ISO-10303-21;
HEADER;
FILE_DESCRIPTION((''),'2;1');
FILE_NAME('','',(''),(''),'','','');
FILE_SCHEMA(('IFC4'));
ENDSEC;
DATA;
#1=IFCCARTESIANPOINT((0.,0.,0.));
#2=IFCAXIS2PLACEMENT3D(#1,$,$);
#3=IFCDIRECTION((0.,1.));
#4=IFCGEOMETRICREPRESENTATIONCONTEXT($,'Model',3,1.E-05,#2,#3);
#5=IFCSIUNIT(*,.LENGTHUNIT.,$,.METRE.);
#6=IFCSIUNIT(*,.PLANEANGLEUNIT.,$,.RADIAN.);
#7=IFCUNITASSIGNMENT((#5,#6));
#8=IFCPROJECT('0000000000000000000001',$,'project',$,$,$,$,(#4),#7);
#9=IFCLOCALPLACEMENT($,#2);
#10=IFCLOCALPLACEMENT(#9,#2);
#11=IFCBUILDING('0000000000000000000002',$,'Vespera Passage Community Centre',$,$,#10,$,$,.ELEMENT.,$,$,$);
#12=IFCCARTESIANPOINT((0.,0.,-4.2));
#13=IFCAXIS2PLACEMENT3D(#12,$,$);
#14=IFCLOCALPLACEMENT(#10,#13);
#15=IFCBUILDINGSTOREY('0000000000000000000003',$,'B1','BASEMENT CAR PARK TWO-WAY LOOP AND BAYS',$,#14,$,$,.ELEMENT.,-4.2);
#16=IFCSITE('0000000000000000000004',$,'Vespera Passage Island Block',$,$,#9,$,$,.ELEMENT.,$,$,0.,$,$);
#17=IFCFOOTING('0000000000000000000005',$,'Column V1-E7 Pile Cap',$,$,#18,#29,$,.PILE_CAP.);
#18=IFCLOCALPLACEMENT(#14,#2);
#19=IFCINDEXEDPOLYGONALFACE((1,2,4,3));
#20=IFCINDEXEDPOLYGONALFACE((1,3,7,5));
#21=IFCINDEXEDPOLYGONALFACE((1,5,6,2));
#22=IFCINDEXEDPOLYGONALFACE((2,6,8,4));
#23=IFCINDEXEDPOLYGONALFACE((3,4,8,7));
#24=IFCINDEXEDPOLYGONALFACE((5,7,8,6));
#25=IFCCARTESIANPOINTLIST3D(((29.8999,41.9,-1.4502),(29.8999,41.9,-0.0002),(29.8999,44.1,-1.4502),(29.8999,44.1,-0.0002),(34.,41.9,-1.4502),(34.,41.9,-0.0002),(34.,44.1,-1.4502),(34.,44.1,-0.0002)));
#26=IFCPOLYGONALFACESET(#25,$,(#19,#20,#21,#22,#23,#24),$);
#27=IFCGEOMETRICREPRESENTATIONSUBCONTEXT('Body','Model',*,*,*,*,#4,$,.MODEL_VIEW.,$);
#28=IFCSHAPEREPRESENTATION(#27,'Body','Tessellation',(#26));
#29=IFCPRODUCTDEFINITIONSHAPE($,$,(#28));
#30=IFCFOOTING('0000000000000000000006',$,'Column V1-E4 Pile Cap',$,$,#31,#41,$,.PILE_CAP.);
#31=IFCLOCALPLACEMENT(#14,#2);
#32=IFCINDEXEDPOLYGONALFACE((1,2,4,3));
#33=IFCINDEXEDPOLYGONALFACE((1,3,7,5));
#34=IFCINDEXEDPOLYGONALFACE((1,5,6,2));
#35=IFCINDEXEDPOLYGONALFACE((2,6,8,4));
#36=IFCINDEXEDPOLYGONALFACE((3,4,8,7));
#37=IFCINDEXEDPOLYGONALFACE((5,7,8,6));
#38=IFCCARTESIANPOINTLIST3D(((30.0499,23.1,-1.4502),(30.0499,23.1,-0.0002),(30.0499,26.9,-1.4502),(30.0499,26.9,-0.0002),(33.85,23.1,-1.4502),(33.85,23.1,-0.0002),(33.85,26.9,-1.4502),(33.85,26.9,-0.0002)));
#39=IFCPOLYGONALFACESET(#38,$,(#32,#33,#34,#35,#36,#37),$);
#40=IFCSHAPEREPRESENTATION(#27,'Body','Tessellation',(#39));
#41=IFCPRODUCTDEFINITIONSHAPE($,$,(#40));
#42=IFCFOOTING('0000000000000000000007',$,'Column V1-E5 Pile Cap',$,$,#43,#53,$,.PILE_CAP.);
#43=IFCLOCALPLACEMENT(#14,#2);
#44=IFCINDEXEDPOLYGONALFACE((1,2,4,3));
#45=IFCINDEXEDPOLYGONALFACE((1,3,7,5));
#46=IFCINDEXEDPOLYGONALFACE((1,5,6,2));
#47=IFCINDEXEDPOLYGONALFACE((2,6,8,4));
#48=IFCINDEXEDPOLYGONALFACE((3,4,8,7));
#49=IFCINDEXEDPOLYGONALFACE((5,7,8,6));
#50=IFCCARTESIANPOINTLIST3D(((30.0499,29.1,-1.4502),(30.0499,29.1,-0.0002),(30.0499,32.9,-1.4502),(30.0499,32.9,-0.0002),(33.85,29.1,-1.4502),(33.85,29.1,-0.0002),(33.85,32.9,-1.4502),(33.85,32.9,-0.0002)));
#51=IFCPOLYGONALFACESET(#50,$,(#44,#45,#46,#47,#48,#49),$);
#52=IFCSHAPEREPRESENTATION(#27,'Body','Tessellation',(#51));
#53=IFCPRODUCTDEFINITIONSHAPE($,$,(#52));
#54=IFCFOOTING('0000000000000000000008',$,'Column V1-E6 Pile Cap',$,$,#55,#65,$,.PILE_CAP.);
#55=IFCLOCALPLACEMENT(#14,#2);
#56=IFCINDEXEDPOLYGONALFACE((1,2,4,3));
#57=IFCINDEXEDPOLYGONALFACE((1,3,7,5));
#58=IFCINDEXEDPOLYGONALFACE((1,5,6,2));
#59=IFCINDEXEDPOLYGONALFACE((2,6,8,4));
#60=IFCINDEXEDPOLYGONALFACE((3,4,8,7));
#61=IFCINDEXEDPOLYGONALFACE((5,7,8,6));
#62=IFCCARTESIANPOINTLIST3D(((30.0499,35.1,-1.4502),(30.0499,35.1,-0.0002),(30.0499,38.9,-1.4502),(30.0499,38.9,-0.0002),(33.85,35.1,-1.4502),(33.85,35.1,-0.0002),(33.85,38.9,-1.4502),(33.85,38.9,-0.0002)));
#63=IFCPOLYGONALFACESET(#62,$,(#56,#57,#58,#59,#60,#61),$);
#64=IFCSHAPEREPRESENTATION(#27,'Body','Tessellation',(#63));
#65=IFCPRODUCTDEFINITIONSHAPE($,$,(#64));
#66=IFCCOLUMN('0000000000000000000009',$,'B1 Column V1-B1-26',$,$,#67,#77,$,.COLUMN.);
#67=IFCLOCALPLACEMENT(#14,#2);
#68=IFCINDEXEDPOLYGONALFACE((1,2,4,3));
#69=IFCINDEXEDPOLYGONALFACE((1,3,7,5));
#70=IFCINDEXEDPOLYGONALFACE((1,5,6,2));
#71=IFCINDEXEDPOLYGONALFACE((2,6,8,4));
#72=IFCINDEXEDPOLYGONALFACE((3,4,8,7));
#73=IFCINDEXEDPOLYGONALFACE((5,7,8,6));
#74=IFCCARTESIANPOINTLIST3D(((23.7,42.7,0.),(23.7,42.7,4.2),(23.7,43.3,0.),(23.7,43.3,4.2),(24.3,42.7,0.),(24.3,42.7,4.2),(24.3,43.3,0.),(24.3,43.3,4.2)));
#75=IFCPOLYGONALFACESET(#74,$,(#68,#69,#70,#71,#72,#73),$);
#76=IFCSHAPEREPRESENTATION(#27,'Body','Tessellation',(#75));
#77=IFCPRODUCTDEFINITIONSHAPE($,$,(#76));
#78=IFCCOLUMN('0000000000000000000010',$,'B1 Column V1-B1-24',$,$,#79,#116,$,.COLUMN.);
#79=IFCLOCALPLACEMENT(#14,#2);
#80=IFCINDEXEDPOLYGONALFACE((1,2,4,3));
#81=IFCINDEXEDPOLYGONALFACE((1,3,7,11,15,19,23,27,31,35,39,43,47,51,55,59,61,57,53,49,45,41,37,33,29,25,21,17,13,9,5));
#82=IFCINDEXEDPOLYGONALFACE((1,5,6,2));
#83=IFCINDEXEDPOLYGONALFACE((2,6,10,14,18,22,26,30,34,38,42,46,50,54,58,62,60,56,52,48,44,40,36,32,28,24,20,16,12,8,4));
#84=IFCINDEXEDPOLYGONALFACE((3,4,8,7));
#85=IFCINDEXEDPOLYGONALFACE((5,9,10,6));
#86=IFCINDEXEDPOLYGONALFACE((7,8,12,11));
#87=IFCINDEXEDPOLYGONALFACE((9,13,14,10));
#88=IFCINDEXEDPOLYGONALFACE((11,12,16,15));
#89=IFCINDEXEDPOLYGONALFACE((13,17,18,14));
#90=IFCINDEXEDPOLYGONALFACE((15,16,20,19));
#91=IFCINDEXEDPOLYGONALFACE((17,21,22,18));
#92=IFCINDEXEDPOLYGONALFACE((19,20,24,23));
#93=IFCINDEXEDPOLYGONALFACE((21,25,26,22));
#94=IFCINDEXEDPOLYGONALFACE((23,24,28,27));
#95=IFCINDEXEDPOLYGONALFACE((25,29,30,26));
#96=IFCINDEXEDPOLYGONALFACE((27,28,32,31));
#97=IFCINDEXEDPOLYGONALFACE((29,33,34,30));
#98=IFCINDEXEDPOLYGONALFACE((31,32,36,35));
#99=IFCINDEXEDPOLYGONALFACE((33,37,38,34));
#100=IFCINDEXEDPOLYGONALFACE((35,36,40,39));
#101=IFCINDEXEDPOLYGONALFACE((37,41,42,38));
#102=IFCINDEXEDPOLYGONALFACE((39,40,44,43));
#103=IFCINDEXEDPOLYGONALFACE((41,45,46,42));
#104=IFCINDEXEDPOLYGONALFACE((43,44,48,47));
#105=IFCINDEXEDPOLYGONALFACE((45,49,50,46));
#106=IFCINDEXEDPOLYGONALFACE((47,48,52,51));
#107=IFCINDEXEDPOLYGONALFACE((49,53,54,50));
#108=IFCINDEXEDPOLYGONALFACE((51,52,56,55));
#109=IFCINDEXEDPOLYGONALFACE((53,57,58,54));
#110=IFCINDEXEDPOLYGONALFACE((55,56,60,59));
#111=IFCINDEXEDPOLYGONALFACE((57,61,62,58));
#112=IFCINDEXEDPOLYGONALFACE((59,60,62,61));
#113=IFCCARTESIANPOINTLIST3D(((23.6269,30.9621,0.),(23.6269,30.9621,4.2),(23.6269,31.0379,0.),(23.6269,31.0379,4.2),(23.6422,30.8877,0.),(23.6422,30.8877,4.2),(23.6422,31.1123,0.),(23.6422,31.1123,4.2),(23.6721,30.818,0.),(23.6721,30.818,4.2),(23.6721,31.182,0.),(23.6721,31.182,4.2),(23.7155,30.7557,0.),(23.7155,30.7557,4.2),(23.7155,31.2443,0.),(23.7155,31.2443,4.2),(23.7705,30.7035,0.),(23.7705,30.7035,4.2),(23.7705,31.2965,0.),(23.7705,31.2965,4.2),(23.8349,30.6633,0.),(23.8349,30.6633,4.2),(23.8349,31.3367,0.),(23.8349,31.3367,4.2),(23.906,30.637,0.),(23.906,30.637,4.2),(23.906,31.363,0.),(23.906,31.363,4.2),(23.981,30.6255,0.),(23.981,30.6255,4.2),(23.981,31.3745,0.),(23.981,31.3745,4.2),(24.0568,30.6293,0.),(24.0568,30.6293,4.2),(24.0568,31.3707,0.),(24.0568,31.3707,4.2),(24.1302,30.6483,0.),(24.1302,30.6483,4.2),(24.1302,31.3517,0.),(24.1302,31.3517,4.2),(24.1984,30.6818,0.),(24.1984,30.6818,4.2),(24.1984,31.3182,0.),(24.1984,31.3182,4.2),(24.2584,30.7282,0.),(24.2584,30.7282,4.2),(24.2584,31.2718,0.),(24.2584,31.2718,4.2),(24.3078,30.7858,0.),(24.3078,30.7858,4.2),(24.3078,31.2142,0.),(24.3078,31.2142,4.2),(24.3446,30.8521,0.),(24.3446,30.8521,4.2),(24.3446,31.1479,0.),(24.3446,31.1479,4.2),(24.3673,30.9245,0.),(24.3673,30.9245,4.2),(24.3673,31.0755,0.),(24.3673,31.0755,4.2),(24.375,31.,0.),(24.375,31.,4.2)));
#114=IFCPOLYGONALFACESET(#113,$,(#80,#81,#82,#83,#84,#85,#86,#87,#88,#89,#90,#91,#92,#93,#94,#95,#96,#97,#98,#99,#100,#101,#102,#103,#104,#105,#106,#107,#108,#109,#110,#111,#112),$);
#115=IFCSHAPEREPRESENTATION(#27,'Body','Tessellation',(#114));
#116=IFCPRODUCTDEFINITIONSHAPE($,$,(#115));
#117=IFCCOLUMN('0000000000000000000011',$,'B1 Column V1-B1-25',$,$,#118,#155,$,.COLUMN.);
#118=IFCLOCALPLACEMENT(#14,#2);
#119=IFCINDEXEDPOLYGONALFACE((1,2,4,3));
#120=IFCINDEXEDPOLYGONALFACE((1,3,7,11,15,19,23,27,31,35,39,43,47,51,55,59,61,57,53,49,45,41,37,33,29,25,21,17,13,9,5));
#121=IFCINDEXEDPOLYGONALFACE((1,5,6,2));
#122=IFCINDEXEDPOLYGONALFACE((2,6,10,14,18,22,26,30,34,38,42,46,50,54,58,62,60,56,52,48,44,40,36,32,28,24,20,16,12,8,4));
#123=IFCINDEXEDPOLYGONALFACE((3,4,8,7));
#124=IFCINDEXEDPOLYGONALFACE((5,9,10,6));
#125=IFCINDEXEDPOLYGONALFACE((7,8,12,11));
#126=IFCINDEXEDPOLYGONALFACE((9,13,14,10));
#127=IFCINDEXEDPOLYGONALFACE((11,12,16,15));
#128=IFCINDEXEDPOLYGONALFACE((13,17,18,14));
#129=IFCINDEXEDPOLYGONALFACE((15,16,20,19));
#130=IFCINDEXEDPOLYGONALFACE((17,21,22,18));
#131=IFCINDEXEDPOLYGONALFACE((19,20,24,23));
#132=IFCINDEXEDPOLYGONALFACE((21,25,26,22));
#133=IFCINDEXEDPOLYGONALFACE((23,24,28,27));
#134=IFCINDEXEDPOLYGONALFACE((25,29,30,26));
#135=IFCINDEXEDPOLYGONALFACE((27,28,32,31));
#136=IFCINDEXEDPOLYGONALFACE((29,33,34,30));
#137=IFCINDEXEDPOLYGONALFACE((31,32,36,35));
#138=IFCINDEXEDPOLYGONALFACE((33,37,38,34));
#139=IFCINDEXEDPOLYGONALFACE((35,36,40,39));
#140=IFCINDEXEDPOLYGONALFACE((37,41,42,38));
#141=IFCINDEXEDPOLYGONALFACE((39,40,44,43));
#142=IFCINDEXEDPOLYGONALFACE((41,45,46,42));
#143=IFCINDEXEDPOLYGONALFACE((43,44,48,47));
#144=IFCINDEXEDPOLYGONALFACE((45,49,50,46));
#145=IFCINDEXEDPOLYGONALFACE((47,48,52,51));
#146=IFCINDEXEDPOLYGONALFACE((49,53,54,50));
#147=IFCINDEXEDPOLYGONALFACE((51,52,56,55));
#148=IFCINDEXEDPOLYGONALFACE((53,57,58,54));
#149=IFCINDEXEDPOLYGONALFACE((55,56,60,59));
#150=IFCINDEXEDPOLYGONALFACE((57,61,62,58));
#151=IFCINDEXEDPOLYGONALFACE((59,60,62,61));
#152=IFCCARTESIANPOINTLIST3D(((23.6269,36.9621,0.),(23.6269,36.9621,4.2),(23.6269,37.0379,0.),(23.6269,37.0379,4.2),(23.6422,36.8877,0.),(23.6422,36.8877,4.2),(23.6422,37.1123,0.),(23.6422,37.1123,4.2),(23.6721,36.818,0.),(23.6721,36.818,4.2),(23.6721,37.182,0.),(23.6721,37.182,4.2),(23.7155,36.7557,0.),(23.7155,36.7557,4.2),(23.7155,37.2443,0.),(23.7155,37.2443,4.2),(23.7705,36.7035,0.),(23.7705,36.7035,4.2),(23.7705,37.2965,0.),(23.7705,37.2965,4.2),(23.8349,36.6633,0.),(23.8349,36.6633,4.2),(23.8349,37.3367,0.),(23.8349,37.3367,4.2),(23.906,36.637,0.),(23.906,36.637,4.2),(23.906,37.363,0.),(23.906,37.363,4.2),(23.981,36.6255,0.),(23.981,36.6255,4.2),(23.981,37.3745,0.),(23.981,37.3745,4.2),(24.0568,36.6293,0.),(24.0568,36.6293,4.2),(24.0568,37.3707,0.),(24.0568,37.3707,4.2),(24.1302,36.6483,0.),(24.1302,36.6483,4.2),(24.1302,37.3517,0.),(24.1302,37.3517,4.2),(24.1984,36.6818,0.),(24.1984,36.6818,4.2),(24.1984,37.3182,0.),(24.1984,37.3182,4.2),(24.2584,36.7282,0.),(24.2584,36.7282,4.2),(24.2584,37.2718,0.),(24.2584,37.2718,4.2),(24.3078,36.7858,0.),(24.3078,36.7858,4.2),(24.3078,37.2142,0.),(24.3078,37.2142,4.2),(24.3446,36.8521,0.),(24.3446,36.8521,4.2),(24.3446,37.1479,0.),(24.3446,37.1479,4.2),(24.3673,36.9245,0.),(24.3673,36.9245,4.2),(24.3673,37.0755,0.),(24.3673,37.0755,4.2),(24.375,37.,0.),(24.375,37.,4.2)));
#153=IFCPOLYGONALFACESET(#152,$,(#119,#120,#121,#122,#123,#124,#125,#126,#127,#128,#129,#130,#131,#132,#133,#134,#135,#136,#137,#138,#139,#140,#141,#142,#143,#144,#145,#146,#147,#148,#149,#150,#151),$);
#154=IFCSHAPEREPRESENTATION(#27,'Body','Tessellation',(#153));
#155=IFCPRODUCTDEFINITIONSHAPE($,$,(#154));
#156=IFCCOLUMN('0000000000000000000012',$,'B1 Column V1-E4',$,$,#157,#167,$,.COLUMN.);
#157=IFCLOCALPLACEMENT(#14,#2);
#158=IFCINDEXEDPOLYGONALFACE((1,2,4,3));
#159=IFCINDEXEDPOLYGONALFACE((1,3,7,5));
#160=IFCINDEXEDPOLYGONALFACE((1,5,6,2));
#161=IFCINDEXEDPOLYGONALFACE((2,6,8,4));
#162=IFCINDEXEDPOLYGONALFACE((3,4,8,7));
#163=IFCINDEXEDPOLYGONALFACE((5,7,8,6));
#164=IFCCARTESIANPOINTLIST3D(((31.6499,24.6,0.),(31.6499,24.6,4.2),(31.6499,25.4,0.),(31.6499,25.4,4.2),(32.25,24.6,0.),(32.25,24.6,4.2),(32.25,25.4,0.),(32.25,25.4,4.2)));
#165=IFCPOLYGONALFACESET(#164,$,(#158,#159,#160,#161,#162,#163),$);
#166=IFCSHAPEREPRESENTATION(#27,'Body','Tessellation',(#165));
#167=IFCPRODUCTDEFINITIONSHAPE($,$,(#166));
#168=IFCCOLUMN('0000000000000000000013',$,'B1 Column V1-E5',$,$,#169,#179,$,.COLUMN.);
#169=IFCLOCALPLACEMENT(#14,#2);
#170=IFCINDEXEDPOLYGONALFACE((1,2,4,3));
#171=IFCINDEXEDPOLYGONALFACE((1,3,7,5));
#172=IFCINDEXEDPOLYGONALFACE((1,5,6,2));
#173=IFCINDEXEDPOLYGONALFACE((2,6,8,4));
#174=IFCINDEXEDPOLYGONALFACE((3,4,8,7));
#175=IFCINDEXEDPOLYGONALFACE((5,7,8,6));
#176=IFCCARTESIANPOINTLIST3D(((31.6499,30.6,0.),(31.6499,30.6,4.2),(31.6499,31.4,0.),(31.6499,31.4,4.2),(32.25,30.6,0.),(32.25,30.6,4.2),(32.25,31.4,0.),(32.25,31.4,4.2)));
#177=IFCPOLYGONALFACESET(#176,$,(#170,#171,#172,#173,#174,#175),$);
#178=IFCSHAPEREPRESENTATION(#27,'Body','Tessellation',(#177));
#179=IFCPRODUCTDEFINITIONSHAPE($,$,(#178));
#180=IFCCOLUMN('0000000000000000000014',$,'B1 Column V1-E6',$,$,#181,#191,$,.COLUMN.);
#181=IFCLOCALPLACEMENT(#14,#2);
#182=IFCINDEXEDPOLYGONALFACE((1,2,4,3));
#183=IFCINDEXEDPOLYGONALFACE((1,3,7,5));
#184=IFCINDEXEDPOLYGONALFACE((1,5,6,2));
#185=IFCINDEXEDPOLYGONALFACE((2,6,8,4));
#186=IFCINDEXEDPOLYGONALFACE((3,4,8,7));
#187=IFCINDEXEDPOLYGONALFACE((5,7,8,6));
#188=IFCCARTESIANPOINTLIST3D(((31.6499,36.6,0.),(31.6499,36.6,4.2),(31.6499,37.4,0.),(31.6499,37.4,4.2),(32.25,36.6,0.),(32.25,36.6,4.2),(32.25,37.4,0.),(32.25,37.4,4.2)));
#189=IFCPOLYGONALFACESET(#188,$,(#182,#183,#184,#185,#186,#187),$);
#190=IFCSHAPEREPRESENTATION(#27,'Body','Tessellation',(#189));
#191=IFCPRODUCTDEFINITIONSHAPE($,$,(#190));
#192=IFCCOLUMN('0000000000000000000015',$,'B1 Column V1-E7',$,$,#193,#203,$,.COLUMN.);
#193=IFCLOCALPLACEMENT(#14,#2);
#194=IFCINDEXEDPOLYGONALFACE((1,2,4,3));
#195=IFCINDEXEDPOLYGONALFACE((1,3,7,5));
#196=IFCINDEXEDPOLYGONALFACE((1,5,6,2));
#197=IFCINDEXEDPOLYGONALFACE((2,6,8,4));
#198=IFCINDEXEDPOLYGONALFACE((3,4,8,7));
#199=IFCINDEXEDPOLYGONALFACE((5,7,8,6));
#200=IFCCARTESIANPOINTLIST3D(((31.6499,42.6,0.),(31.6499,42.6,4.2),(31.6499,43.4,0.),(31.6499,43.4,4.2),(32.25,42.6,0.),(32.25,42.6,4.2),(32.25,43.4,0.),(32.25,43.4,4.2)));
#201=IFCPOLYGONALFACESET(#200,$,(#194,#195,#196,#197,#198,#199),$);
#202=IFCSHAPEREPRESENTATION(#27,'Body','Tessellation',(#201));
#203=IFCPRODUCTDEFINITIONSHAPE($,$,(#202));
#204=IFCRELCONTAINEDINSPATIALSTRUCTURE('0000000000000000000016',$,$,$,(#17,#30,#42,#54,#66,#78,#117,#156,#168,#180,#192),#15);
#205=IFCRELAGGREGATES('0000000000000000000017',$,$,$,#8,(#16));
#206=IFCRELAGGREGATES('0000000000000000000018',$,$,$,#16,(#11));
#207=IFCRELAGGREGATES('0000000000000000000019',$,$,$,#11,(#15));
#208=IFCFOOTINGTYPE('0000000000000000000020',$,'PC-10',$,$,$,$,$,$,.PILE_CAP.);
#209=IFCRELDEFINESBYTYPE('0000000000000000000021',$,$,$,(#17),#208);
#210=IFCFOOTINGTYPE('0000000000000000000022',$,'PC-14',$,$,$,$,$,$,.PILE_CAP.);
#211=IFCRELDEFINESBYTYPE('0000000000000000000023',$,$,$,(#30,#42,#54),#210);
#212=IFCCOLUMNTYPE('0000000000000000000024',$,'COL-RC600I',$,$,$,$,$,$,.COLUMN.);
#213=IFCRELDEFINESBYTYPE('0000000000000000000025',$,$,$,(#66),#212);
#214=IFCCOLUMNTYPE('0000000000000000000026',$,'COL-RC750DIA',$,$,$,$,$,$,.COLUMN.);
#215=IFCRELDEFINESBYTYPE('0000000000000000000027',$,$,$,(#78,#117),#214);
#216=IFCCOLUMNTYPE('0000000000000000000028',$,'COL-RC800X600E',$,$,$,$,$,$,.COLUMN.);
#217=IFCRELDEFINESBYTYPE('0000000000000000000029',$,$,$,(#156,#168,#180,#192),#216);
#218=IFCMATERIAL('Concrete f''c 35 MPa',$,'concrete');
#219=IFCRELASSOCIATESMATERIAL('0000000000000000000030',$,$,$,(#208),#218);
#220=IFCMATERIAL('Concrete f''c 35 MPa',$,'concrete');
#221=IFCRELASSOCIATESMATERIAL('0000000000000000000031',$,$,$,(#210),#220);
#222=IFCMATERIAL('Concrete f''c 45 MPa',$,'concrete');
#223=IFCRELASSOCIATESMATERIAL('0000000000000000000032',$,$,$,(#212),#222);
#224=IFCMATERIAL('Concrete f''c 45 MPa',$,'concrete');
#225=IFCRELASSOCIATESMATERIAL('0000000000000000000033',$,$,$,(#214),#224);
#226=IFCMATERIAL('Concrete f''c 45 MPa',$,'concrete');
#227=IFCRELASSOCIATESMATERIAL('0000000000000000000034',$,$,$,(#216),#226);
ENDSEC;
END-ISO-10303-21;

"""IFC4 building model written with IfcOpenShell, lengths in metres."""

from ifc_helpers import new_model, si_unit, direction, frame, origin, origin_2d, place, context, subcontext, project, spatial, rectangle, circle, extrude, material, material_profile, profile_set, type_object, element, save


model = new_model("IFC4")

# Units and contexts
model_context = context("Model", 3, precision=1e-05, world=origin(), true_north=direction((0.0, 1.0)))
body_context = subcontext(model_context, "Body", "Model", "MODEL_VIEW")
ifc_project = project(units=[si_unit("LENGTHUNIT", "METRE"), si_unit("PLANEANGLEUNIT", "RADIAN")], contexts=[model_context])

# Site, building, storey
site_placement = place(None, origin())
site = spatial("IfcSite", under=ifc_project, at=site_placement, Name="Vespera Passage Island Block", CompositionType="ELEMENT", RefElevation=0.0)
building_placement = place(site_placement, origin())
building = spatial("IfcBuilding", under=site, at=building_placement, Name="Vespera Passage Community Centre", CompositionType="ELEMENT")
storey_placement = place(building_placement, frame((0.0, 0.0, -4.2)))
storey = spatial("IfcBuildingStorey", under=building, at=storey_placement, Name="B1", Description="BASEMENT CAR PARK TWO-WAY LOOP AND BAYS", CompositionType="ELEMENT", Elevation=-4.2)

# Footings
ifc_material_1 = material(Name="Concrete f'c 35 MPa", Category="concrete")
footing_type_1 = type_object("IfcFootingType", Name="PC-10", PredefinedType="PILE_CAP", material=ifc_material_1)
footing_1_placement = place(storey_placement, frame((31.95, 43.0, -1.4502), z_axis=(0.0, 0.0, 1.0), x_axis=(1.0, 0.0, 0.0)))
element("IfcFooting", 1, at=footing_1_placement, inside=storey, type_object=footing_type_1, Name="Column V1-E7 Pile Cap", PredefinedType="PILE_CAP", context=body_context, shape_type="SweptSolid", body=[
    extrude(rectangle(XDim=4.1001, YDim=2.2, at=origin_2d()), origin(), (0.0, 0.0, 1.0), 1.45),
])
ifc_material_2 = material(Name="Concrete f'c 35 MPa", Category="concrete")
footing_type_2 = type_object("IfcFootingType", Name="PC-14", PredefinedType="PILE_CAP", material=ifc_material_2)
for number, where, z_axis, x_axis, name in (
    (2, (31.95, 25.0, -1.4502), (0.0, 0.0, 1.0), (1.0, 0.0, 0.0), "Column V1-E4 Pile Cap"),
    (3, (31.95, 31.0, -1.4502), (0.0, 0.0, 1.0), (1.0, 0.0, 0.0), "Column V1-E5 Pile Cap"),
    (4, (31.95, 37.0, -1.4502), (0.0, 0.0, 1.0), (1.0, 0.0, 0.0), "Column V1-E6 Pile Cap"),
):
    element("IfcFooting", number, at=place(storey_placement, frame(where, z_axis=z_axis, x_axis=x_axis)), inside=storey, type_object=footing_type_2, Name=name, PredefinedType="PILE_CAP", context=body_context, shape_type="SweptSolid", body=[
        extrude(rectangle(XDim=3.8, YDim=3.8, at=origin_2d()), origin(), (0.0, 0.0, 1.0), 1.45),
    ])

# Columns
ifc_material_3 = material(Name="Concrete f'c 45 MPa", Category="concrete")
ifc_material_profile_1 = material_profile(ifc_material_3, rectangle(XDim=0.6001, YDim=0.6001, at=origin_2d()), Name="RC600X600")
ifc_profile_set_1 = profile_set([ifc_material_profile_1], Name="Concrete f'c 45 MPa")
column_type_1 = type_object("IfcColumnType", Name="COL-RC600I", PredefinedType="COLUMN", material=ifc_profile_set_1)
column_placement = place(storey_placement, frame((24.0, 43.0, 0.0), z_axis=(0.0, 0.0, 1.0), x_axis=(1.0, 0.0, 0.0)))
element("IfcColumn", 5, at=column_placement, inside=storey, type_object=column_type_1, Name="B1 Column V1-B1-26", PredefinedType="COLUMN", context=body_context, shape_type="SweptSolid", body=[
    extrude(rectangle(XDim=0.6001, YDim=0.6001, at=origin_2d()), origin(), (0.0, 0.0, 1.0), 4.2),
])
ifc_material_4 = material(Name="Concrete f'c 45 MPa", Category="concrete")
ifc_material_profile_2 = material_profile(ifc_material_4, circle(Radius=0.375, at=origin_2d()), Name="RC750DIA")
ifc_profile_set_2 = profile_set([ifc_material_profile_2], Name="Concrete f'c 45 MPa")
column_type_2 = type_object("IfcColumnType", Name="COL-RC750DIA", PredefinedType="COLUMN", material=ifc_profile_set_2)
for number, where, z_axis, x_axis, name in (
    (6, (24.0, 31.0, 0.0), (0.0, 0.0, 1.0), (1.0, 0.0, 0.0), "B1 Column V1-B1-24"),
    (7, (24.0, 37.0, 0.0), (0.0, 0.0, 1.0), (1.0, 0.0, 0.0), "B1 Column V1-B1-25"),
):
    element("IfcColumn", number, at=place(storey_placement, frame(where, z_axis=z_axis, x_axis=x_axis)), inside=storey, type_object=column_type_2, Name=name, PredefinedType="COLUMN", context=body_context, shape_type="SweptSolid", body=[
        extrude(circle(Radius=0.375, at=origin_2d()), origin(), (0.0, 0.0, 1.0), 4.2),
    ])
ifc_material_5 = material(Name="Concrete f'c 45 MPa", Category="concrete")
ifc_material_profile_3 = material_profile(ifc_material_5, rectangle(XDim=0.6001, YDim=0.8, at=origin_2d()), Name="RC800X600")
ifc_profile_set_3 = profile_set([ifc_material_profile_3], Name="Concrete f'c 45 MPa")
column_type_3 = type_object("IfcColumnType", Name="COL-RC800X600E", PredefinedType="COLUMN", material=ifc_profile_set_3)
for number, where, z_axis, x_axis, name in (
    (8, (31.95, 25.0, 0.0), (0.0, 0.0, 1.0), (1.0, 0.0, 0.0), "B1 Column V1-E4"),
    (9, (31.95, 31.0, 0.0), (0.0, 0.0, 1.0), (1.0, 0.0, 0.0), "B1 Column V1-E5"),
    (10, (31.95, 37.0, 0.0), (0.0, 0.0, 1.0), (1.0, 0.0, 0.0), "B1 Column V1-E6"),
    (11, (31.95, 43.0, 0.0), (0.0, 0.0, 1.0), (1.0, 0.0, 0.0), "B1 Column V1-E7"),
):
    element("IfcColumn", number, at=place(storey_placement, frame(where, z_axis=z_axis, x_axis=x_axis)), inside=storey, type_object=column_type_3, Name=name, PredefinedType="COLUMN", context=body_context, shape_type="SweptSolid", body=[
        extrude(rectangle(XDim=0.6001, YDim=0.8, at=origin_2d()), origin(), (0.0, 0.0, 1.0), 4.2),
    ])

save(model, "model.ifc")
